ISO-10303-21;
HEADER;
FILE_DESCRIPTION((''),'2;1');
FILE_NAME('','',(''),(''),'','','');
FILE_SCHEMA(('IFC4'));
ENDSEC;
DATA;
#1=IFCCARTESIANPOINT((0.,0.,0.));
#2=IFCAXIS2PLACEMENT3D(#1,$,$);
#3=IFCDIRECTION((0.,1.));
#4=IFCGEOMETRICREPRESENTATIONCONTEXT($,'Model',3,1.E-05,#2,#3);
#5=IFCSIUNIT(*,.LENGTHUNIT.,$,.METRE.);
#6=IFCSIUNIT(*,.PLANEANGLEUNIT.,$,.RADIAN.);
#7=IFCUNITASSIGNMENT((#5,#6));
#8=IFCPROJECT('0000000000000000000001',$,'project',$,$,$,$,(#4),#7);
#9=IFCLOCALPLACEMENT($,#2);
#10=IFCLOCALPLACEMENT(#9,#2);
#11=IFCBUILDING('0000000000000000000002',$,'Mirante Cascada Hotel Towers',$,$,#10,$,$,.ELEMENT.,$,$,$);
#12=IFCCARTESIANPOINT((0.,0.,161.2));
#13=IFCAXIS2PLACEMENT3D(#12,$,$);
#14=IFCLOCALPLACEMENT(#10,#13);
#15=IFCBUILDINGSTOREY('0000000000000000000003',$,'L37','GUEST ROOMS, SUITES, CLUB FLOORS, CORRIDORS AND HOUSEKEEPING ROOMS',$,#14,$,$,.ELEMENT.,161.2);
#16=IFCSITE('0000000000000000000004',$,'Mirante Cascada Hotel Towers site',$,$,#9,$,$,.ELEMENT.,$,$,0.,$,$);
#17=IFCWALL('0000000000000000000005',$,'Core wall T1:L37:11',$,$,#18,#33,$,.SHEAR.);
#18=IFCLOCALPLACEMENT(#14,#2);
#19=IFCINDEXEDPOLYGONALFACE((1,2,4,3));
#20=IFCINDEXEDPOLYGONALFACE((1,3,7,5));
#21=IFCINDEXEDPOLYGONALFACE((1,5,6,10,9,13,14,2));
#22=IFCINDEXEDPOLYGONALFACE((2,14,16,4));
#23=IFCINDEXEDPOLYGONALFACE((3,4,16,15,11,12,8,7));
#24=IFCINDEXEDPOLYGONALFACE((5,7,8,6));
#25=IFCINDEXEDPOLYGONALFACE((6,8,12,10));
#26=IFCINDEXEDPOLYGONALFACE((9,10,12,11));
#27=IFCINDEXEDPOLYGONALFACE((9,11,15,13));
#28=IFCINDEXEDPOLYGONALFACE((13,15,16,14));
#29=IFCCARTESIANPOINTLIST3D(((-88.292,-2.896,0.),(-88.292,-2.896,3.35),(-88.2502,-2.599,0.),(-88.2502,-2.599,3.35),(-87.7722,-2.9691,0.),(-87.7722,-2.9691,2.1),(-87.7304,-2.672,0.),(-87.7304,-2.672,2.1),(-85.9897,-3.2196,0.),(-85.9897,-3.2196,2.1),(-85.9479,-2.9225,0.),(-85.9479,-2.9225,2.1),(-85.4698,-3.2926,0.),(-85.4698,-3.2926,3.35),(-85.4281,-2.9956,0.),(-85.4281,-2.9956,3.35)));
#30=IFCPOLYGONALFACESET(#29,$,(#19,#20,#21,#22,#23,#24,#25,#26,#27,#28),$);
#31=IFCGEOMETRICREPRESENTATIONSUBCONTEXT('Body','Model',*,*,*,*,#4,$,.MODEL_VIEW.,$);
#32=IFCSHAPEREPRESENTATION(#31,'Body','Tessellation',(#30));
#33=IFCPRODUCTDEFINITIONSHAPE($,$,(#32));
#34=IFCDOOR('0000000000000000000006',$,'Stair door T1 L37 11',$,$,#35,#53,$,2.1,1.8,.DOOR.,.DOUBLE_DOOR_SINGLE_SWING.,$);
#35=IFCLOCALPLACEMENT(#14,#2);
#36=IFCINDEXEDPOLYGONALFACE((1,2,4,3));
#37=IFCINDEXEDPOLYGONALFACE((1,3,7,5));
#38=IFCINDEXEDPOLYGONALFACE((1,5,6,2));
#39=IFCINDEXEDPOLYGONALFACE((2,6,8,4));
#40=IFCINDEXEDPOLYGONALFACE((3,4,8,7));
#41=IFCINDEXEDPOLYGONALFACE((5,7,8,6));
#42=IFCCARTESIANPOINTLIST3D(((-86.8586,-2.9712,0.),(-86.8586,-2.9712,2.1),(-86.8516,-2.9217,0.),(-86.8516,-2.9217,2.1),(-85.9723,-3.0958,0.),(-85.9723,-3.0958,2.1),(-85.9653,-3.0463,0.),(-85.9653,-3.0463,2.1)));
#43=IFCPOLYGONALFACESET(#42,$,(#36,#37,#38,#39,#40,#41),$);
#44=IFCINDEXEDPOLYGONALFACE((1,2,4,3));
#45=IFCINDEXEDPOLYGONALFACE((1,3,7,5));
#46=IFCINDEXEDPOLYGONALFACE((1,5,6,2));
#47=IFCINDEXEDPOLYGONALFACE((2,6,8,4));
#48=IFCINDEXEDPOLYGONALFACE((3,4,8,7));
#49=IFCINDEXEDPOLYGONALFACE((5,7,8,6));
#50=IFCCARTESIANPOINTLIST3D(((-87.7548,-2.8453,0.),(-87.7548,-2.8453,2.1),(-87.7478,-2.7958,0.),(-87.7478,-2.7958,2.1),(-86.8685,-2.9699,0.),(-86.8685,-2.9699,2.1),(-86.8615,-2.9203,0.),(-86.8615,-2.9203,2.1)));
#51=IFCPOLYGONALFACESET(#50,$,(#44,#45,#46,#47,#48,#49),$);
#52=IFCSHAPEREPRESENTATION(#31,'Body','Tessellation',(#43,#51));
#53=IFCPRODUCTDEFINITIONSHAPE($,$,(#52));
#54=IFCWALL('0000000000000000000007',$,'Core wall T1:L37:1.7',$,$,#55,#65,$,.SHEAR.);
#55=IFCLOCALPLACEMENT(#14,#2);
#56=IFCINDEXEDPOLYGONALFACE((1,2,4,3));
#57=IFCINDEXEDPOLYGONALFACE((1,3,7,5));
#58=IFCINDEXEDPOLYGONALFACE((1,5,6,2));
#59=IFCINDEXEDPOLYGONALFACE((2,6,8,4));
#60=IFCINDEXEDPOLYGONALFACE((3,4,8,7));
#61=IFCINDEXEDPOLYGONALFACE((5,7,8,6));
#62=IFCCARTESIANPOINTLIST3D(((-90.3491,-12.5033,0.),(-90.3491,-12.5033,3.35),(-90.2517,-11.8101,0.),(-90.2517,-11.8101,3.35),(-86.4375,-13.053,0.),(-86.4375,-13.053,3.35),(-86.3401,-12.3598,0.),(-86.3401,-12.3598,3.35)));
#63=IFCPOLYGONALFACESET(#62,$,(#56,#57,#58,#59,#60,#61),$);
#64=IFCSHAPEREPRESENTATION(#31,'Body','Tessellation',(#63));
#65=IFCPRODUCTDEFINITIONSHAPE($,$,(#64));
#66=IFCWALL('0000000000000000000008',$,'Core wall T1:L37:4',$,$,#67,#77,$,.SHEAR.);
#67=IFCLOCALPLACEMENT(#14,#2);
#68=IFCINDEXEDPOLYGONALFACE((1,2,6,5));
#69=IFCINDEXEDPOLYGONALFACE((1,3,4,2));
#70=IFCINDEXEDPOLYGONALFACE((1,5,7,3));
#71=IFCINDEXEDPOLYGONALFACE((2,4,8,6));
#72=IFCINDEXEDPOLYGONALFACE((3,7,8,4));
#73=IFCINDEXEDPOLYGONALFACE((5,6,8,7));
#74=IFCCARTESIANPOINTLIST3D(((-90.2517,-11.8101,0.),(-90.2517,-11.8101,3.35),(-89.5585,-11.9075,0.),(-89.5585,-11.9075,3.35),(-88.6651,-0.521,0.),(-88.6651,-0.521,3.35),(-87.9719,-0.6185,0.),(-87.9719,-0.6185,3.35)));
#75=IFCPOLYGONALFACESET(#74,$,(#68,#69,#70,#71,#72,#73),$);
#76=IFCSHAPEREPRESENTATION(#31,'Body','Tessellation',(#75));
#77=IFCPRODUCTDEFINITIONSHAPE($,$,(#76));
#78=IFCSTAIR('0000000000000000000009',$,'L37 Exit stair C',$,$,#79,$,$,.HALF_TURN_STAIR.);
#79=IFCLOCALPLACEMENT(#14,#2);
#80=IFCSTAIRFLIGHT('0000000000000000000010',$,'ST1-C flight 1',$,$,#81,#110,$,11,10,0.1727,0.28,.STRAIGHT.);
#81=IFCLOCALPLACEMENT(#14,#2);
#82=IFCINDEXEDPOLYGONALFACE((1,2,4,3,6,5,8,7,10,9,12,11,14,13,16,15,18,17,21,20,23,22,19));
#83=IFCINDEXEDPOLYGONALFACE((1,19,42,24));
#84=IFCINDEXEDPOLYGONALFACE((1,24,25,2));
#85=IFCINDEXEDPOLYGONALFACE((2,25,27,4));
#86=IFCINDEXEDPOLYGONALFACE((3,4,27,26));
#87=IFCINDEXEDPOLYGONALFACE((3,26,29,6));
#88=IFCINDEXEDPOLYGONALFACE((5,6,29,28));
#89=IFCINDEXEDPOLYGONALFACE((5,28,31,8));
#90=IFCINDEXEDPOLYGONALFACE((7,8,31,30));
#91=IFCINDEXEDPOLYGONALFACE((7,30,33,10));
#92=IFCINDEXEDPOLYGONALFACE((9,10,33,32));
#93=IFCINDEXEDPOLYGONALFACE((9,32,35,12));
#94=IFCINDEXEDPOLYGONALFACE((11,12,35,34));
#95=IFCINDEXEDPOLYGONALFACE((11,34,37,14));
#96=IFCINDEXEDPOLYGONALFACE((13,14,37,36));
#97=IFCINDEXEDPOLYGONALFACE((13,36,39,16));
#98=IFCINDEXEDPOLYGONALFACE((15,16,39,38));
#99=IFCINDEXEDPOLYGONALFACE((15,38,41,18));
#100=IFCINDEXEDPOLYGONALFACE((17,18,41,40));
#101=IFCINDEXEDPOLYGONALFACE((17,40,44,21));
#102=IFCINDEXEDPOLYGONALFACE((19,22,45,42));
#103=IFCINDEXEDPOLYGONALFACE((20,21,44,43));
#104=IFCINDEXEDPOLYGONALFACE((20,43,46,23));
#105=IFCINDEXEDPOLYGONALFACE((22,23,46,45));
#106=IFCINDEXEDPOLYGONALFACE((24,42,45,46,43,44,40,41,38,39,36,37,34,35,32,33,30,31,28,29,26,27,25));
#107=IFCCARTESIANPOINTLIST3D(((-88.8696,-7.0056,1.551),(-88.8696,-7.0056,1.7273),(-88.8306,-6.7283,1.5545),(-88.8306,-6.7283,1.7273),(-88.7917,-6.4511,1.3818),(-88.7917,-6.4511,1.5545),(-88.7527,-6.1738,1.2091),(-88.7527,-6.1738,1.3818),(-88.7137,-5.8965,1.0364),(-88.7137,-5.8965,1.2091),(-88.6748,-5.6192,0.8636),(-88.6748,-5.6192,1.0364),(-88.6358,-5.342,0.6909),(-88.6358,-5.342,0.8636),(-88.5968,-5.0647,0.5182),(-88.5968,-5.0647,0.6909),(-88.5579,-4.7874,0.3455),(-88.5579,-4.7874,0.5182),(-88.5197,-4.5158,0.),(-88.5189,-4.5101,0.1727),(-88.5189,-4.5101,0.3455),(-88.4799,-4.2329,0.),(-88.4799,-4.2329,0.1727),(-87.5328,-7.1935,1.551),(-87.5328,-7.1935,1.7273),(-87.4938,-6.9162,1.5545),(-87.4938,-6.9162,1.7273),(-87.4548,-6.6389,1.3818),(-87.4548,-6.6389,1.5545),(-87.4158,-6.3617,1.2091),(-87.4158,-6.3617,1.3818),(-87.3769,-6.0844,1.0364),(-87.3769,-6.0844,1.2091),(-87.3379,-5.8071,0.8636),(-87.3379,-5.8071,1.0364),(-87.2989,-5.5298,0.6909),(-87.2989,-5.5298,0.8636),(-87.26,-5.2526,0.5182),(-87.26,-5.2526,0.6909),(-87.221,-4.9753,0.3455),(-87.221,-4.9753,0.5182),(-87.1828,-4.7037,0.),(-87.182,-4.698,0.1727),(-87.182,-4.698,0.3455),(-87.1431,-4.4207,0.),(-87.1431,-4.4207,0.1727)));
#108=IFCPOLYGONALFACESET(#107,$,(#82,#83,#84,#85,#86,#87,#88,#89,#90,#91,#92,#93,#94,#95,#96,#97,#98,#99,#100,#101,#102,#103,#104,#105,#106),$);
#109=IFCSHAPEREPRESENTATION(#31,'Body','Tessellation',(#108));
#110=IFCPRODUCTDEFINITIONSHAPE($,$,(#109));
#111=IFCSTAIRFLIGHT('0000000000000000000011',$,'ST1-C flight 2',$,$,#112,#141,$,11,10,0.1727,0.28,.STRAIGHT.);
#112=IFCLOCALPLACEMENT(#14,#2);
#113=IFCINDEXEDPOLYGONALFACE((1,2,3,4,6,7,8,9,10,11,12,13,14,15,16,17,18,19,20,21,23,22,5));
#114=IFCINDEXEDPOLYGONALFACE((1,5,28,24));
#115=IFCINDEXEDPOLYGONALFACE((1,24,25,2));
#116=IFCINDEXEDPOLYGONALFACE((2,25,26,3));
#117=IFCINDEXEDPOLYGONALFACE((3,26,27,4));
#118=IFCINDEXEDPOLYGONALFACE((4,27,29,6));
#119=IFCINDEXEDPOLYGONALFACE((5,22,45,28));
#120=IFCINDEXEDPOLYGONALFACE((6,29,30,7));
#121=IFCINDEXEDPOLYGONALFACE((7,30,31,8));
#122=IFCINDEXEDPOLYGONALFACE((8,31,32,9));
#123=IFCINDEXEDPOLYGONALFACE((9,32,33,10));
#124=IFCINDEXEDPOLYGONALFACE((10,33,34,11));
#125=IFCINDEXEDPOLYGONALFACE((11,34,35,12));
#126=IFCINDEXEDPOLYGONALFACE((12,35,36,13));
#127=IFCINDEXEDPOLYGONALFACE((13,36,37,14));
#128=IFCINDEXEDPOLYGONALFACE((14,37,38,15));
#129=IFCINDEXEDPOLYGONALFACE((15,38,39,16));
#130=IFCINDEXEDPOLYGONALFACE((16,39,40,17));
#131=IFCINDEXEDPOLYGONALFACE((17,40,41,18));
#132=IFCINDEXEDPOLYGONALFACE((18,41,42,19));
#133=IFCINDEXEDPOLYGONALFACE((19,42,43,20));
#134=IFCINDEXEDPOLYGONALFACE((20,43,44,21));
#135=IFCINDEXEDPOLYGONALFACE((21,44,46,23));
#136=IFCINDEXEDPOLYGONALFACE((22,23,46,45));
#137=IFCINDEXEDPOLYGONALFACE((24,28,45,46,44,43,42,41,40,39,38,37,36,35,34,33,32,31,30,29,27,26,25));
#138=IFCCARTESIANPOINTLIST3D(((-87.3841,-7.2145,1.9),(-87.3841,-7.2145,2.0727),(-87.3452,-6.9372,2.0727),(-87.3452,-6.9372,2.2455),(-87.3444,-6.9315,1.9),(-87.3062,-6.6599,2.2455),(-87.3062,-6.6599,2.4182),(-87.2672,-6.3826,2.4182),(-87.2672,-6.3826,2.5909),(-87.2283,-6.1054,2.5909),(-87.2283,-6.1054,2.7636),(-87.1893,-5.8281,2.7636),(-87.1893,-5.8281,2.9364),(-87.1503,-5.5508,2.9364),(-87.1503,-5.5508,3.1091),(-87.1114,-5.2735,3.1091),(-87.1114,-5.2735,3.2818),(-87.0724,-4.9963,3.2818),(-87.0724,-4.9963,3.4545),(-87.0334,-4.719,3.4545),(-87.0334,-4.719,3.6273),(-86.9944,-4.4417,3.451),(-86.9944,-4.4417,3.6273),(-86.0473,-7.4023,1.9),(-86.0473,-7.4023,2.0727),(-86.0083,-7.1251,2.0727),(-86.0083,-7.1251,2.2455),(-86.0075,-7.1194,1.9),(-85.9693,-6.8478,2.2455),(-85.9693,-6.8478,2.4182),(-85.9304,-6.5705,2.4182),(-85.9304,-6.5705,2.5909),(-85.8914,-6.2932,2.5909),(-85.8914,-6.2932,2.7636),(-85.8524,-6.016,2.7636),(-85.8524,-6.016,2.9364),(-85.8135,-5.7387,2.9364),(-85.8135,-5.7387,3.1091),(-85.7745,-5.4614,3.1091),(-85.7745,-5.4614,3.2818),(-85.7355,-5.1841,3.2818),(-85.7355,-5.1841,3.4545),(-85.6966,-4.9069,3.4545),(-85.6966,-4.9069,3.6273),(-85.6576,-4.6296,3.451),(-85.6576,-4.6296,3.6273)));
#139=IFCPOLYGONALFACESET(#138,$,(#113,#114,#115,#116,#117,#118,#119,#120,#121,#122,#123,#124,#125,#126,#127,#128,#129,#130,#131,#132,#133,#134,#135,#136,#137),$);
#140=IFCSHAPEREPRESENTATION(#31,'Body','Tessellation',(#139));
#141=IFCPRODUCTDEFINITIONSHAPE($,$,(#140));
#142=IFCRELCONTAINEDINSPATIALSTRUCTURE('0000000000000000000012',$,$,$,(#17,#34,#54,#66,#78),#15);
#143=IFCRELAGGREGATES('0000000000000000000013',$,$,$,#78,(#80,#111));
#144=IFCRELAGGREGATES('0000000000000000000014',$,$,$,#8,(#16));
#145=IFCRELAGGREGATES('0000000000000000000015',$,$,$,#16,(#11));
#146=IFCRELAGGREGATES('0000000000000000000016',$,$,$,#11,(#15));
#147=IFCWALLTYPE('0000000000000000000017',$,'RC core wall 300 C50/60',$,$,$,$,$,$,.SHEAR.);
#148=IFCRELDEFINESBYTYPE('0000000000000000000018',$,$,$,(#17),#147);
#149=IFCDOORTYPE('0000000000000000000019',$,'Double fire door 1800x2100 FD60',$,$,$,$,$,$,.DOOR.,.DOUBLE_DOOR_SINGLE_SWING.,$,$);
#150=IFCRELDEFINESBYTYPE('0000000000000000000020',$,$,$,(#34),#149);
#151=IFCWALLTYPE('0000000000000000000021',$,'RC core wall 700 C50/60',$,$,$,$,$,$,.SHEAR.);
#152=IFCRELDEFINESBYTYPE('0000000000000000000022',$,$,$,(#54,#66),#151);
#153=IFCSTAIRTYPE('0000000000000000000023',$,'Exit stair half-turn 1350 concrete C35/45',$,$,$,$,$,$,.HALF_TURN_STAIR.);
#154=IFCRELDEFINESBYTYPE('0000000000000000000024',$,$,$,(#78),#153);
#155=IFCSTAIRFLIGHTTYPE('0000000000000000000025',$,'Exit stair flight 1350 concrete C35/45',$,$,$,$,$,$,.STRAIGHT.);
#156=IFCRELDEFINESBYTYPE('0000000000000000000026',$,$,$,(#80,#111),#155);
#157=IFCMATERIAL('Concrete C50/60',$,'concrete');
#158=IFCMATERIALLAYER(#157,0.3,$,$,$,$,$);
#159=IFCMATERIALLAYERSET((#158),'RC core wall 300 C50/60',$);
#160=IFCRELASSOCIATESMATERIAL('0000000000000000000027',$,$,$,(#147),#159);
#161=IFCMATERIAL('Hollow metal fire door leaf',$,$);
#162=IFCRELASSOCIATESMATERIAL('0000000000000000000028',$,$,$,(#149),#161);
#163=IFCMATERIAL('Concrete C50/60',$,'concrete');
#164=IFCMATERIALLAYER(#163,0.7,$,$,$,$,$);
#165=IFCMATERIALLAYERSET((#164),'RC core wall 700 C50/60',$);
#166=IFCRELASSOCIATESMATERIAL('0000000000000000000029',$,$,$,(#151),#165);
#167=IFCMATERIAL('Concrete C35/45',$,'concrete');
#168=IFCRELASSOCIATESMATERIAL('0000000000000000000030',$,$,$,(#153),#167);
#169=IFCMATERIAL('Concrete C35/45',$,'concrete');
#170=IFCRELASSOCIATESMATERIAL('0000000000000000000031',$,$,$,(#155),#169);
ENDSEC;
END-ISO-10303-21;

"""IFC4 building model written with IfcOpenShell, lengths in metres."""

from ifc_helpers import new_model, si_unit, direction, frame, frame_2d, origin, place, context, subcontext, project, spatial, polyline, rectangle, outline, extrude, material, layer, layer_set, type_object, element, fill, aggregate, save


model = new_model("IFC4")

# Units and contexts
model_context = context("Model", 3, precision=1e-05, world=origin(), true_north=direction((0.0, 1.0)))
body_context = subcontext(model_context, "Body", "Model", "MODEL_VIEW")
ifc_project = project(units=[si_unit("LENGTHUNIT", "METRE"), si_unit("PLANEANGLEUNIT", "RADIAN")], contexts=[model_context])

# Site, building, storey
site_placement = place(None, origin())
site = spatial("IfcSite", under=ifc_project, at=site_placement, Name="Mirante Cascada Hotel Towers site", CompositionType="ELEMENT", RefElevation=0.0)
building_placement = place(site_placement, origin())
building = spatial("IfcBuilding", under=site, at=building_placement, Name="Mirante Cascada Hotel Towers", CompositionType="ELEMENT")
storey_placement = place(building_placement, frame((0.0, 0.0, 161.2)))
storey = spatial("IfcBuildingStorey", under=building, at=storey_placement, Name="L37", Description="GUEST ROOMS, SUITES, CLUB FLOORS, CORRIDORS AND HOUSEKEEPING ROOMS", CompositionType="ELEMENT", Elevation=161.2)

# Shared definitions
ifc_material_1 = material(Name="Concrete C50/60", Category="concrete")
ifc_layer_1 = layer(ifc_material_1, 0.3)
ifc_layer_set_1 = layer_set([ifc_layer_1], Name="RC core wall 300 C50/60")
wall_type_1 = type_object("IfcWallType", Name="RC core wall 300 C50/60", PredefinedType="SHEAR", material=ifc_layer_set_1)

# Wall, opening, door
wall_1_placement = place(storey_placement, frame((-85.4489, -3.1441, 0.0), z_axis=(0.0, 0.0, 1.0), x_axis=(-0.99027, 0.139161, 0.0)))
wall_1 = element("IfcWall", 1, at=wall_1_placement, inside=storey, type_object=wall_type_1, Name="Core wall T1:L37:11", PredefinedType="SHEAR", context=body_context, shape_type="SweptSolid", body=[
    extrude(rectangle(XDim=2.8499, YDim=0.3, at=frame_2d((1.425, 0.0))), origin(), (0.0, 0.0, 1.0), 3.35),
])
opening_1_placement = place(wall_1_placement, frame((0.525, 0.0, 0.0)))
opening_1 = element("IfcOpeningElement", 2, at=opening_1_placement, cuts=wall_1, PredefinedType="OPENING", context=body_context, shape_type="SweptSolid", body=[
    extrude(rectangle(XDim=1.8, YDim=2.1, at=frame_2d((0.9, 1.05))), frame((0.0, 0.15, 0.0), z_axis=(0.0, -1.0, 0.0), x_axis=(1.0, 0.0, 0.0)), (0.0, 0.0, 1.0), 0.3),
])
ifc_material_2 = material(Name="Hollow metal fire door leaf")
door_type_1 = type_object("IfcDoorType", Name="Double fire door 1800x2100 FD60", OperationType="DOUBLE_DOOR_SINGLE_SWING", PredefinedType="DOOR", material=ifc_material_2)
door_1_placement = place(opening_1_placement, origin())
door_1 = element("IfcDoor", 3, at=door_1_placement, inside=storey, type_object=door_type_1, Name="Stair door T1 L37 11", OperationType="DOUBLE_DOOR_SINGLE_SWING", OverallHeight=2.1, OverallWidth=1.8, PredefinedType="DOOR", context=body_context, shape_type="SweptSolid", body=[
    extrude(rectangle(XDim=0.895, YDim=2.1, at=frame_2d((0.4475, 1.05))), frame((0.0, 0.025, 0.0), z_axis=(0.0, -1.0, 0.0), x_axis=(1.0, 0.0, 0.0)), (0.0, 0.0, 1.0), 0.05),
    extrude(rectangle(XDim=0.895, YDim=2.1, at=frame_2d((1.3525, 1.05))), frame((0.0, 0.025, 0.0), z_axis=(0.0, -1.0, 0.0), x_axis=(1.0, 0.0, 0.0)), (0.0, 0.0, 1.0), 0.05),
])
fill(opening_1, door_1)

# Walls
ifc_material_3 = material(Name="Concrete C50/60", Category="concrete")
ifc_layer_2 = layer(ifc_material_3, 0.7)
ifc_layer_set_2 = layer_set([ifc_layer_2], Name="RC core wall 700 C50/60")
wall_type_2 = type_object("IfcWallType", Name="RC core wall 700 C50/60", PredefinedType="SHEAR", material=ifc_layer_set_2)
wall_2_placement = place(storey_placement, frame((-86.3888, -12.7064, 0.0), z_axis=(0.0, 0.0, 1.0), x_axis=(-0.990269, 0.139163, 0.0)))
element("IfcWall", 4, at=wall_2_placement, inside=storey, type_object=wall_type_2, Name="Core wall T1:L37:1.7", PredefinedType="SHEAR", context=body_context, shape_type="SweptSolid", body=[
    extrude(rectangle(XDim=3.95, YDim=0.7, at=frame_2d((1.975, 0.0))), origin(), (0.0, 0.0, 1.0), 3.35),
])
wall_3_placement = place(storey_placement, frame((-89.9051, -11.8588, 0.0), z_axis=(0.0, 0.0, 1.0), x_axis=(0.139175, 0.990268, 0.0)))
element("IfcWall", 5, at=wall_3_placement, inside=storey, type_object=wall_type_2, Name="Core wall T1:L37:4", PredefinedType="SHEAR", context=body_context, shape_type="SweptSolid", body=[
    extrude(rectangle(XDim=11.4, YDim=0.7, at=frame_2d((5.7, 0.0))), origin(), (0.0, 0.0, 1.0), 3.35),
])

# Stair, stair flights
ifc_material_4 = material(Name="Concrete C35/45", Category="concrete")
stair_type = type_object("IfcStairType", Name="Exit stair half-turn 1350 concrete C35/45", PredefinedType="HALF_TURN_STAIR", material=ifc_material_4)
stair_placement = place(storey_placement, origin())
stair = element("IfcStair", 6, at=stair_placement, inside=storey, type_object=stair_type, Name="L37 Exit stair C", PredefinedType="HALF_TURN_STAIR")
ifc_material_5 = material(Name="Concrete C35/45", Category="concrete")
stair_flight_type = type_object("IfcStairFlightType", Name="Exit stair flight 1350 concrete C35/45", PredefinedType="STRAIGHT", material=ifc_material_5)
stair_flight_1_placement = place(storey_placement, frame((-87.8115, -4.3268, 0.0), z_axis=(0.0, 0.0, 1.0), x_axis=(-0.139173, -0.990268, 0.0)))
stair_flight_1 = element("IfcStairFlight", 7, at=stair_flight_1_placement, type_object=stair_flight_type, Name="ST1-C flight 1", NumberOfRisers=11, NumberOfTreads=10, PredefinedType="STRAIGHT", RiserHeight=0.1727, TreadLength=0.28, context=body_context, shape_type="SweptSolid", body=[
    extrude(outline(polyline([(0.0, 0.0), (0.0, 0.1727), (0.28, 0.1727), (0.28, 0.3455), (0.56, 0.3455), (0.56, 0.5182), (0.84, 0.5182), (0.84, 0.6909), (1.12, 0.6909), (1.12, 0.8636), (1.4, 0.8636), (1.4, 1.0364), (1.68, 1.0364), (1.68, 1.2091), (1.96, 1.2091), (1.96, 1.3818), (2.24, 1.3818), (2.24, 1.5545), (2.52, 1.5545), (2.52, 1.7273), (2.8, 1.7273), (2.8, 1.9), (2.8, 1.551), (0.2857, 0.0), (0.0, 0.0)])), frame((0.0, 0.675, 0.0), z_axis=(0.0, -1.0, 0.0), x_axis=(1.0, 0.0, 0.0)), (0.0, 0.0, 1.0), 1.35),
])
stair_flight_2_placement = place(storey_placement, frame((-86.7157, -7.3084, 1.9), z_axis=(0.0, 0.0, 1.0), x_axis=(0.139173, 0.990268, 0.0)))
stair_flight_2 = element("IfcStairFlight", 8, at=stair_flight_2_placement, type_object=stair_flight_type, Name="ST1-C flight 2", NumberOfRisers=11, NumberOfTreads=10, PredefinedType="STRAIGHT", RiserHeight=0.1727, TreadLength=0.28, context=body_context, shape_type="SweptSolid", body=[
    extrude(outline(polyline([(0.0, 0.0), (0.0, 0.1727), (0.28, 0.1727), (0.28, 0.3455), (0.56, 0.3455), (0.56, 0.5182), (0.84, 0.5182), (0.84, 0.6909), (1.12, 0.6909), (1.12, 0.8636), (1.4, 0.8636), (1.4, 1.0364), (1.68, 1.0364), (1.68, 1.2091), (1.96, 1.2091), (1.96, 1.3818), (2.24, 1.3818), (2.24, 1.5545), (2.52, 1.5545), (2.52, 1.7273), (2.8, 1.7273), (2.8, 1.9), (2.8, 1.551), (0.2857, 0.0), (0.0, 0.0)])), frame((0.0, 0.675, 0.0), z_axis=(0.0, -1.0, 0.0), x_axis=(1.0, 0.0, 0.0)), (0.0, 0.0, 1.0), 1.35),
])
aggregate(stair, [stair_flight_1, stair_flight_2])

save(model, "model.ifc")
